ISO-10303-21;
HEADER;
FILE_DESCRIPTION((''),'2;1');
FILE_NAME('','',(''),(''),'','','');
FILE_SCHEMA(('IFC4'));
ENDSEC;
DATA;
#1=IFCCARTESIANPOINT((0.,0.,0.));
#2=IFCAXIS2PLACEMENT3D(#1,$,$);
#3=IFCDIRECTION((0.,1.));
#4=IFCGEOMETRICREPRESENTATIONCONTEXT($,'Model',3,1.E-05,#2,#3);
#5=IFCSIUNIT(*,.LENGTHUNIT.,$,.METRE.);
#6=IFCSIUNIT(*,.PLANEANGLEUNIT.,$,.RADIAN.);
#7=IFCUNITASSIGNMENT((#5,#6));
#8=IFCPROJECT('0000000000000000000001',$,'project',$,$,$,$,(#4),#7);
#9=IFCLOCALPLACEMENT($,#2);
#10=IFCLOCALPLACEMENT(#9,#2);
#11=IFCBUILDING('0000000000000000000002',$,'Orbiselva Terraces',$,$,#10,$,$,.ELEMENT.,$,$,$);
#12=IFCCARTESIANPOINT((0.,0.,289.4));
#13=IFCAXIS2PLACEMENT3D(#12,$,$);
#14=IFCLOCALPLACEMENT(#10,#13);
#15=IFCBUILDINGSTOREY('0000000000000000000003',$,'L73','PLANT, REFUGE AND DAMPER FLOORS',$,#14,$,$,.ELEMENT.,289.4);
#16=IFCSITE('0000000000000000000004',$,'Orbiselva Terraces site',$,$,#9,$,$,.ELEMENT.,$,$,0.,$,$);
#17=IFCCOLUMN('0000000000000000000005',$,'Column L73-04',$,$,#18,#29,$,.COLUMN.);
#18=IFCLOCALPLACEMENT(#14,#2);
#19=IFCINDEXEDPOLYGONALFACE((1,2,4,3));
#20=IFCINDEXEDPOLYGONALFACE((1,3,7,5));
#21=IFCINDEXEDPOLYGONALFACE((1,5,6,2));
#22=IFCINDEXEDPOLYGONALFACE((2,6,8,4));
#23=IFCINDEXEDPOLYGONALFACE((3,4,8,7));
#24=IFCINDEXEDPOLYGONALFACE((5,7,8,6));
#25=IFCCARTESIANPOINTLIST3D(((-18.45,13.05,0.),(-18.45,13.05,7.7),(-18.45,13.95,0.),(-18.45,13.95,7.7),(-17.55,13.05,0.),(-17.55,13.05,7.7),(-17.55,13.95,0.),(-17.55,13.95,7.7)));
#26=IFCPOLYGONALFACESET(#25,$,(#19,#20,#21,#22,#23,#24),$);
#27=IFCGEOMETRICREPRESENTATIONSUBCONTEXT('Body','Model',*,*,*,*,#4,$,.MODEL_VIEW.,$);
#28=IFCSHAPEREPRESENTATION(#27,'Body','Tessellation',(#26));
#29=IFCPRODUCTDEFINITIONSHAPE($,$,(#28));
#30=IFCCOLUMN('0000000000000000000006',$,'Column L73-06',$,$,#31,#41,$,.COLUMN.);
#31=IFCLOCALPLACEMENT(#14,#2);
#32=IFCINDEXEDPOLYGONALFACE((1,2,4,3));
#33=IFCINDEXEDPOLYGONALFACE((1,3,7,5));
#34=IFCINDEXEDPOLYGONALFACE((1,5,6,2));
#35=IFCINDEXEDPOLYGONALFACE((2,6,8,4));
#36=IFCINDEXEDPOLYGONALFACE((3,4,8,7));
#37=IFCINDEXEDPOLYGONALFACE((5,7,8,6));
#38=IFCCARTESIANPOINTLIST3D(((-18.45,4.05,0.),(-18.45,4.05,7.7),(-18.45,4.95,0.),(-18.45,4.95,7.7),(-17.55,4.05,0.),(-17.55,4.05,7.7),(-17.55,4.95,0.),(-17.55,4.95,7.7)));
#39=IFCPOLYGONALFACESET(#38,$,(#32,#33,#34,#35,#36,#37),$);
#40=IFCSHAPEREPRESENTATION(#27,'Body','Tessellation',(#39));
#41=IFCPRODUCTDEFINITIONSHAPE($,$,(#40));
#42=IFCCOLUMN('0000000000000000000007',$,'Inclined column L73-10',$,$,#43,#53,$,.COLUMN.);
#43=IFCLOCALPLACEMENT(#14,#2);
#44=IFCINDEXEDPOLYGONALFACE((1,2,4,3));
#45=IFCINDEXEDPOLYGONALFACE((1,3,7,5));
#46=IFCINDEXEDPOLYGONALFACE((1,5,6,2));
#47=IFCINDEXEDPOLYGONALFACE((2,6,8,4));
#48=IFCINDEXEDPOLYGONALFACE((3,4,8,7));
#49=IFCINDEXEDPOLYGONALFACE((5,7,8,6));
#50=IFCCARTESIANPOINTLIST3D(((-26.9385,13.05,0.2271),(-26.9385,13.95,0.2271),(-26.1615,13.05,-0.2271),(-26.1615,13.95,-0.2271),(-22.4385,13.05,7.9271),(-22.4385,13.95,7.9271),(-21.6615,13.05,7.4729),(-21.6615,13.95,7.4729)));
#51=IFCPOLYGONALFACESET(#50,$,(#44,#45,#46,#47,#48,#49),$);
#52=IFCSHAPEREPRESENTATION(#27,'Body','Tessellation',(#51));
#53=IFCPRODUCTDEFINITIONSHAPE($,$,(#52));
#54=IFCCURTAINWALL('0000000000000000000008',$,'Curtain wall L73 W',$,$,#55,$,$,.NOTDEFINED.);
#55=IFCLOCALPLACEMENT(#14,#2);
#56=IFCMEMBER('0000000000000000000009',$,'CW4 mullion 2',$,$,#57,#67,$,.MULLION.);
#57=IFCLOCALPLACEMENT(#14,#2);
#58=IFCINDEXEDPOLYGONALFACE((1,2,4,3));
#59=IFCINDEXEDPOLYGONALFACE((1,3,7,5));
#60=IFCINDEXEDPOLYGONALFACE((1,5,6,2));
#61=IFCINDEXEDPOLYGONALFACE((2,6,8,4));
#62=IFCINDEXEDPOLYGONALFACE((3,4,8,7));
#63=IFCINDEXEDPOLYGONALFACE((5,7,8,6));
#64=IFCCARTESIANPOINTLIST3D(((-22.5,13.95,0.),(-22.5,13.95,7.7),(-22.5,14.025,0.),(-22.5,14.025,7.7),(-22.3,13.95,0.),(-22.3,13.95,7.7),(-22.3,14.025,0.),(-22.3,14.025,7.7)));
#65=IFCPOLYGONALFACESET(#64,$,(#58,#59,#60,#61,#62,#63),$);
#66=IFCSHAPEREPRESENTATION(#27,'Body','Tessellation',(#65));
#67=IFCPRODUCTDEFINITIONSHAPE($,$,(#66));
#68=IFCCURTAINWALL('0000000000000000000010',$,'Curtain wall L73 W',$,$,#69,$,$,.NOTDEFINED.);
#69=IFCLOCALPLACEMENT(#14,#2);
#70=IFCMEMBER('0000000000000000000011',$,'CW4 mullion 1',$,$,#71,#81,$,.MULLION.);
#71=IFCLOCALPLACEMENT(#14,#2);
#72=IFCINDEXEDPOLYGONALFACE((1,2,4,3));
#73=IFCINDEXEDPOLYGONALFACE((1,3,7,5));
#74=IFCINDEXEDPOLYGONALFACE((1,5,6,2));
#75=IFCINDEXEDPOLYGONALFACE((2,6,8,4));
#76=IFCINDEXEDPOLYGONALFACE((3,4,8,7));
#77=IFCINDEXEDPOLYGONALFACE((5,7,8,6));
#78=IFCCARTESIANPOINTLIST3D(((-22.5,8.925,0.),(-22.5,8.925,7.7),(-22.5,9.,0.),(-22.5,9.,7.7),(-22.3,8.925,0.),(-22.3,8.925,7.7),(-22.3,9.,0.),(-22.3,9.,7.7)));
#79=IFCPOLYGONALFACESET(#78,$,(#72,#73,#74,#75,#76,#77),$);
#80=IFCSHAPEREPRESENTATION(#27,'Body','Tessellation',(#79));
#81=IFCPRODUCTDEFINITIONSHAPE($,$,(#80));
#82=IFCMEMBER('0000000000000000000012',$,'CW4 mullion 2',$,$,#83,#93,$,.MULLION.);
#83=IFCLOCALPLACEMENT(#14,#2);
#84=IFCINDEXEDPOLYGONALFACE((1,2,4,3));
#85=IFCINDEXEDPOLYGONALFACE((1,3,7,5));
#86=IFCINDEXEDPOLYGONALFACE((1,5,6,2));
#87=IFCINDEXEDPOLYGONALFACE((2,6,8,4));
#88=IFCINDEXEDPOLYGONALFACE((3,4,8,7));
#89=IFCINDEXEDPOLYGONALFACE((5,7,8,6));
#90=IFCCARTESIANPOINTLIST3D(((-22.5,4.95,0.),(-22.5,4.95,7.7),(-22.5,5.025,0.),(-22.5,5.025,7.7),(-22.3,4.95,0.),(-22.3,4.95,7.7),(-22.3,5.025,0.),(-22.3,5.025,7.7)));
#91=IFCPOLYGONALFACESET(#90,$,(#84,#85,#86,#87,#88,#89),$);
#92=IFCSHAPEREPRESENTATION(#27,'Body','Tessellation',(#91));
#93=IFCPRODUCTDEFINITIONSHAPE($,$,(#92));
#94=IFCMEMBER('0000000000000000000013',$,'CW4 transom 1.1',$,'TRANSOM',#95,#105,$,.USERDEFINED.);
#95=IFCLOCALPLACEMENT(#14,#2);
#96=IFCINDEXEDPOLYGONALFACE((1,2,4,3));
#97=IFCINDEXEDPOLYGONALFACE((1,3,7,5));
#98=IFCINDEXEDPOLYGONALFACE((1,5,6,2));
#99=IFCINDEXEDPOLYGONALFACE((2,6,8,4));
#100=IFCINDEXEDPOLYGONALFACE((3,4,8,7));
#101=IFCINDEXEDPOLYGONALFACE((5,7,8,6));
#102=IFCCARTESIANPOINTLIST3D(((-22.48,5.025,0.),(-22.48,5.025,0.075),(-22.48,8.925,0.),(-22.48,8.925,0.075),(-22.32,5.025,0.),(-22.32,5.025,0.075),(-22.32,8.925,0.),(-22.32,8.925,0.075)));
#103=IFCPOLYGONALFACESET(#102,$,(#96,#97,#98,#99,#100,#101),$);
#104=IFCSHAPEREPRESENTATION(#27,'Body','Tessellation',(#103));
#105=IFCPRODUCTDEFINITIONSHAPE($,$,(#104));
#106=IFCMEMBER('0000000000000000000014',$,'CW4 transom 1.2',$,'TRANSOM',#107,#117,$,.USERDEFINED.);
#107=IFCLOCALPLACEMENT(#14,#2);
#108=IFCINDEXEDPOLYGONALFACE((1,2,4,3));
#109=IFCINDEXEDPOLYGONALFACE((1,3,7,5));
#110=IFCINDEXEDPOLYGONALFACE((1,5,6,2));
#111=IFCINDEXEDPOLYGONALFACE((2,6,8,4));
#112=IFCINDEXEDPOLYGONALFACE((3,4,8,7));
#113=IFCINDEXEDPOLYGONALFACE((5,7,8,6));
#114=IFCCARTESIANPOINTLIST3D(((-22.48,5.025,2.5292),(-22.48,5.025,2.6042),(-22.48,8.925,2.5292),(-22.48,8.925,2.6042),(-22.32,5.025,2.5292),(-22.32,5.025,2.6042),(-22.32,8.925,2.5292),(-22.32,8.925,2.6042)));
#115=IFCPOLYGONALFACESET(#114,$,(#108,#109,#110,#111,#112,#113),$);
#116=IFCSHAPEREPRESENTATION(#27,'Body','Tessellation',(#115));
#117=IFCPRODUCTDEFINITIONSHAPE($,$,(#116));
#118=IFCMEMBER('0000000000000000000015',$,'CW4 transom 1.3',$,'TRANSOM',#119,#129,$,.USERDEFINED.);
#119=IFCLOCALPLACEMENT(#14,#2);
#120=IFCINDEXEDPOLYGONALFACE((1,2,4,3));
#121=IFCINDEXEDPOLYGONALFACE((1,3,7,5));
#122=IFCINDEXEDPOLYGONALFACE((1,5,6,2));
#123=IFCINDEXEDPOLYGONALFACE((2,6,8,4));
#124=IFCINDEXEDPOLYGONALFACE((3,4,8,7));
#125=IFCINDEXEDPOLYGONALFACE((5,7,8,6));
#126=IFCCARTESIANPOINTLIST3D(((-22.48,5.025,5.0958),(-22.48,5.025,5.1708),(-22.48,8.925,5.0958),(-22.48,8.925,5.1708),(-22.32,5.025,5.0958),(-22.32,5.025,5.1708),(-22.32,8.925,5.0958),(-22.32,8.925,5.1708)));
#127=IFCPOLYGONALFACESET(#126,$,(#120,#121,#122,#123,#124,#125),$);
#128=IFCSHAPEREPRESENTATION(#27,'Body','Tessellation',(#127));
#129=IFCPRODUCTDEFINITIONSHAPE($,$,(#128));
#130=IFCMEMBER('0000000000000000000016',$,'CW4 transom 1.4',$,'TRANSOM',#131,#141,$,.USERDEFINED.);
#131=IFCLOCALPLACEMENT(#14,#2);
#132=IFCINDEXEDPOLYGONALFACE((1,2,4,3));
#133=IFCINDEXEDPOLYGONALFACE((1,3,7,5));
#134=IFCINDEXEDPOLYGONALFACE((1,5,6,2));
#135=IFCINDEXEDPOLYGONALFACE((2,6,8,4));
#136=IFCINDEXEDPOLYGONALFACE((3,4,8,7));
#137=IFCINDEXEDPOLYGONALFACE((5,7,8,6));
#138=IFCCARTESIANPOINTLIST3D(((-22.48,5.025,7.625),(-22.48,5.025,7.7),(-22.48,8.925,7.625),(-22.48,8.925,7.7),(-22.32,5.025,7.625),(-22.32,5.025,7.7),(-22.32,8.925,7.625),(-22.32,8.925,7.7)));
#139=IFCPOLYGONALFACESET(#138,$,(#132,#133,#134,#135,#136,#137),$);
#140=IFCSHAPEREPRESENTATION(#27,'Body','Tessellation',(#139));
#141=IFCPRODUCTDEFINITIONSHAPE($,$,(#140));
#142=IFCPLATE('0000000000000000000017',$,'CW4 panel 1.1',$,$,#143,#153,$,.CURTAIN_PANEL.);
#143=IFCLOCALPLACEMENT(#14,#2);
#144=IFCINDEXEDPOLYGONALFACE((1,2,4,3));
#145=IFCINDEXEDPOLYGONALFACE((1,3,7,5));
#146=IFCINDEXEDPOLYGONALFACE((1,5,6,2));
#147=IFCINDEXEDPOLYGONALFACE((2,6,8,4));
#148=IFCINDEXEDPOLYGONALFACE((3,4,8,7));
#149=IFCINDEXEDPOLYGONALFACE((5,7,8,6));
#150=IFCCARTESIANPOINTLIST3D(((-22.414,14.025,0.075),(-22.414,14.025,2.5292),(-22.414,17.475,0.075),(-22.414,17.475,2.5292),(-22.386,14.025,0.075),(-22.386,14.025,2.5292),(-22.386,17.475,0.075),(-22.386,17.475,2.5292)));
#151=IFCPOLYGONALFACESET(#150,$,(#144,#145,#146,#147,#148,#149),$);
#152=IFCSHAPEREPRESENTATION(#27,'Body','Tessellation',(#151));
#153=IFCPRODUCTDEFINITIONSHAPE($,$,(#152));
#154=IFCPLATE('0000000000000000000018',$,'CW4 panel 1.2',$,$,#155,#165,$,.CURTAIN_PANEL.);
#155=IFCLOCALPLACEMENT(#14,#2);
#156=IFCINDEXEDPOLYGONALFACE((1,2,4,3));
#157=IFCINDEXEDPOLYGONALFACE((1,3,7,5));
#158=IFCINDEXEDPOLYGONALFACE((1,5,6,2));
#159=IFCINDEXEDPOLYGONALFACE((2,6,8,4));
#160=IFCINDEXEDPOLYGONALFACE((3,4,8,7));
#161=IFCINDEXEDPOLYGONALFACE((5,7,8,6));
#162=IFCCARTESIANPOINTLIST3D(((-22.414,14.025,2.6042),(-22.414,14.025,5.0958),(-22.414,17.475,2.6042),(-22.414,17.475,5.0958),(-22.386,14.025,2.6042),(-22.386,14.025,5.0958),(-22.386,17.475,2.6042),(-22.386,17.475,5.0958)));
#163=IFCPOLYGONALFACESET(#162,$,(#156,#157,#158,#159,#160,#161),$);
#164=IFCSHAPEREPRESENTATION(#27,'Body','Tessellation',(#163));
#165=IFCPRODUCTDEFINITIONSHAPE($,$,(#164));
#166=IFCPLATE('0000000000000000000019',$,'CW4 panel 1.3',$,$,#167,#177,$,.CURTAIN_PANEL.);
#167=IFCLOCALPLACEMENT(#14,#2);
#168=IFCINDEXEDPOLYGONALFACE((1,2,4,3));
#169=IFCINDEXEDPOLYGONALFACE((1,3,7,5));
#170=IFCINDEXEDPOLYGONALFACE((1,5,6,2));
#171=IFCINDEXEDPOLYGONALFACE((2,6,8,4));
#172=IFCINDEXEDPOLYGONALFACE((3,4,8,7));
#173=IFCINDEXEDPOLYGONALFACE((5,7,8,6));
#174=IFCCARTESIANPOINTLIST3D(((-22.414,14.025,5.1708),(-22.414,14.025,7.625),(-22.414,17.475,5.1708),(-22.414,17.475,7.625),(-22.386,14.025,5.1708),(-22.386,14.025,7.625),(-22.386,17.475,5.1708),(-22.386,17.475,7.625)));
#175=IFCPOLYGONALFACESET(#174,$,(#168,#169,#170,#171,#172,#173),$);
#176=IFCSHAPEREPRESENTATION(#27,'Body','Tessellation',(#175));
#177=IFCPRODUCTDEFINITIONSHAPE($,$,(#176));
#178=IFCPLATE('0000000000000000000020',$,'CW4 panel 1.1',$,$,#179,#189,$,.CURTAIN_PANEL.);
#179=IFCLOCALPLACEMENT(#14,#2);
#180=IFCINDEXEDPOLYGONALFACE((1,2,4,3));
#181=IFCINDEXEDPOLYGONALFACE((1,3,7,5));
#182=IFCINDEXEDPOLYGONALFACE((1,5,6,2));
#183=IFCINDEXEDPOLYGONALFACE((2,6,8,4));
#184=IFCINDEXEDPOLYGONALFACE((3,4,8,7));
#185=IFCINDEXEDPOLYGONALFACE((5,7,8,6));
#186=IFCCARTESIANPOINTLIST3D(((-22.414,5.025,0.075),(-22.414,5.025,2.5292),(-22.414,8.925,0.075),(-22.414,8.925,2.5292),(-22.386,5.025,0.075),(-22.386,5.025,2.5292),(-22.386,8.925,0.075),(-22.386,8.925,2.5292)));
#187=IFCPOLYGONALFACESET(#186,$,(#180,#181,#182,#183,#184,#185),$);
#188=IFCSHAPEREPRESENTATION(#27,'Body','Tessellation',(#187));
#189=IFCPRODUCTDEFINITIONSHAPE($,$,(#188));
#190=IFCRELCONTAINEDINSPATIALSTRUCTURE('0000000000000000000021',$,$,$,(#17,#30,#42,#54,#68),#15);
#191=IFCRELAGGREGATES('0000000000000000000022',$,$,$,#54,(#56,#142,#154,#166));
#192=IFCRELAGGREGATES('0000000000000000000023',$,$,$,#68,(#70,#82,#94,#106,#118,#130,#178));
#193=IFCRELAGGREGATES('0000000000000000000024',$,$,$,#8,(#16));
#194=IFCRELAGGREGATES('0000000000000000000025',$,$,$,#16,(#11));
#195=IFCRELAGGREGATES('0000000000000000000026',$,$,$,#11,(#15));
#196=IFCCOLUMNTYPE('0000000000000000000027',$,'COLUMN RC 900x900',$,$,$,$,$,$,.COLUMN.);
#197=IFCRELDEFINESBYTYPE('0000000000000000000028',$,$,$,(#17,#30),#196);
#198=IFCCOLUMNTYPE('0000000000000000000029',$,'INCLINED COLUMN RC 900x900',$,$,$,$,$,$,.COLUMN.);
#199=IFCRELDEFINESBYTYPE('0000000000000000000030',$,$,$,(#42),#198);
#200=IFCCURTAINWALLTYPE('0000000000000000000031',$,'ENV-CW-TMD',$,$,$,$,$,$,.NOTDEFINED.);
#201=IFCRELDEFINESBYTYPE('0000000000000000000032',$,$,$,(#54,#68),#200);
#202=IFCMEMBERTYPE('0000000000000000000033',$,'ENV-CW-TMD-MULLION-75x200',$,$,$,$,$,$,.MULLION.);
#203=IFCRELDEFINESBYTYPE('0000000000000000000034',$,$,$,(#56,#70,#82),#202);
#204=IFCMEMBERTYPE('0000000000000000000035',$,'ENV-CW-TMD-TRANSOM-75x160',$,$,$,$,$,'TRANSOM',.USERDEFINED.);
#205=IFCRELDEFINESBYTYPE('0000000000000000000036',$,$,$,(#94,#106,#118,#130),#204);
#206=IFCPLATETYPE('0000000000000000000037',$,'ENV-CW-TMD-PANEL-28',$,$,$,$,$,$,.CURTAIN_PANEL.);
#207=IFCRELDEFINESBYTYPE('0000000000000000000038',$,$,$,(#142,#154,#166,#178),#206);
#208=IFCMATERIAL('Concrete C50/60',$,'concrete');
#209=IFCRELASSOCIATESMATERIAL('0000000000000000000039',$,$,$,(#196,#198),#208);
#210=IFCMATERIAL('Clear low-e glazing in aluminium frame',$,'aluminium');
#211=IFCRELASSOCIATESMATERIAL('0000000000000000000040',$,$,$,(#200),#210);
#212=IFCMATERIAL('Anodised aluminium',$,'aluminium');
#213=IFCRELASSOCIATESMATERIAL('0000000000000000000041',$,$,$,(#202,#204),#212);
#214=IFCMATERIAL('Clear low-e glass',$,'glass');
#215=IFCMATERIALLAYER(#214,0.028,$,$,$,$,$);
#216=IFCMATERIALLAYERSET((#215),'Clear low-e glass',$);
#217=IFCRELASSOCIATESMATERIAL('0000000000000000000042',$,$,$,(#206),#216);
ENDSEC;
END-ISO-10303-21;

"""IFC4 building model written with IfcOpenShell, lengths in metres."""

from ifc_helpers import new_model, si_unit, direction, frame, origin, origin_2d, place, context, subcontext, project, spatial, rectangle, extrude, material, layer, layer_set, material_profile, profile_set, type_object, element, aggregate, save


model = new_model("IFC4")

# Units and contexts
model_context = context("Model", 3, precision=1e-05, world=origin(), true_north=direction((0.0, 1.0)))
body_context = subcontext(model_context, "Body", "Model", "MODEL_VIEW")
ifc_project = project(units=[si_unit("LENGTHUNIT", "METRE"), si_unit("PLANEANGLEUNIT", "RADIAN")], contexts=[model_context])

# Site, building, storey
site_placement = place(None, origin())
site = spatial("IfcSite", under=ifc_project, at=site_placement, Name="Orbiselva Terraces site", CompositionType="ELEMENT", RefElevation=0.0)
building_placement = place(site_placement, origin())
building = spatial("IfcBuilding", under=site, at=building_placement, Name="Orbiselva Terraces", CompositionType="ELEMENT")
storey_placement = place(building_placement, frame((0.0, 0.0, 289.4)))
storey = spatial("IfcBuildingStorey", under=building, at=storey_placement, Name="L73", Description="PLANT, REFUGE AND DAMPER FLOORS", CompositionType="ELEMENT", Elevation=289.4)

# Columns
ifc_material_1 = material(Name="Concrete C50/60", Category="concrete")
ifc_material_profile_1 = material_profile(ifc_material_1, rectangle(XDim=0.9, YDim=0.9, at=origin_2d()), Name="RC 900x900")
ifc_profile_set_1 = profile_set([ifc_material_profile_1], Name="Concrete C50/60")
column_type_1 = type_object("IfcColumnType", Name="COLUMN RC 900x900", PredefinedType="COLUMN", material=ifc_profile_set_1)
for number, where, z_axis, x_axis, name in (
    (1, (-18.0, 13.5, 0.0), (0.0, 0.0, 1.0), (1.0, 0.0, 0.0), "Column L73-04"),
    (2, (-18.0, 4.5, 0.0), (0.0, 0.0, 1.0), (1.0, 0.0, 0.0), "Column L73-06"),
):
    element("IfcColumn", number, at=place(storey_placement, frame(where, z_axis=z_axis, x_axis=x_axis)), inside=storey, type_object=column_type_1, Name=name, PredefinedType="COLUMN", context=body_context, shape_type="SweptSolid", body=[
        extrude(rectangle(XDim=0.9, YDim=0.9, at=origin_2d()), origin(), (0.0, 0.0, 1.0), 7.7),
    ])
ifc_material_profile_2 = material_profile(ifc_material_1, rectangle(XDim=0.9, YDim=0.9, at=origin_2d()), Name="RC 900x900")
ifc_profile_set_2 = profile_set([ifc_material_profile_2], Name="Concrete C50/60")
column_type_2 = type_object("IfcColumnType", Name="INCLINED COLUMN RC 900x900", PredefinedType="COLUMN", material=ifc_profile_set_2)
column_placement = place(storey_placement, frame((-26.55, 13.5, 0.0), z_axis=(0.504568, 0.0, 0.863372), x_axis=(0.0, 1.0, 0.0)))
element("IfcColumn", 3, at=column_placement, inside=storey, type_object=column_type_2, Name="Inclined column L73-10", PredefinedType="COLUMN", context=body_context, shape_type="SweptSolid", body=[
    extrude(rectangle(XDim=0.9, YDim=0.9, at=origin_2d()), origin(), (0.0, 0.0, 1.0), 8.9185),
])

# Curtain wall, member
ifc_material_2 = material(Name="Clear low-e glazing in aluminium frame", Category="aluminium")
curtain_wall_type = type_object("IfcCurtainWallType", Name="ENV-CW-TMD", PredefinedType="NOTDEFINED", material=ifc_material_2)
curtain_wall_1_placement = place(storey_placement, origin())
curtain_wall_1 = element("IfcCurtainWall", 4, at=curtain_wall_1_placement, inside=storey, type_object=curtain_wall_type, Name="Curtain wall L73 W", PredefinedType="NOTDEFINED")
ifc_material_3 = material(Name="Anodised aluminium", Category="aluminium")
ifc_material_profile_3 = material_profile(ifc_material_3, rectangle(XDim=0.2, YDim=0.075, at=origin_2d()), Name="AL 75x200")
ifc_profile_set_3 = profile_set([ifc_material_profile_3], Name="Anodised aluminium")
member_type_1 = type_object("IfcMemberType", Name="ENV-CW-TMD-MULLION-75x200", PredefinedType="MULLION", material=ifc_profile_set_3)
member_1_placement = place(storey_placement, frame((-22.4, 13.9875, 0.0), z_axis=(0.0, 0.0, 1.0), x_axis=(1.0, 0.0, 0.0)))
member_1 = element("IfcMember", 5, at=member_1_placement, type_object=member_type_1, Name="CW4 mullion 2", PredefinedType="MULLION", context=body_context, shape_type="SweptSolid", body=[
    extrude(rectangle(XDim=0.2, YDim=0.075, at=origin_2d()), origin(), (0.0, 0.0, 1.0), 7.7),
])

# Curtain wall, members
curtain_wall_2_placement = place(storey_placement, origin())
curtain_wall_2 = element("IfcCurtainWall", 6, at=curtain_wall_2_placement, inside=storey, type_object=curtain_wall_type, Name="Curtain wall L73 W", PredefinedType="NOTDEFINED")
member_2_placement = place(storey_placement, frame((-22.4, 8.9625, 0.0), z_axis=(0.0, 0.0, 1.0), x_axis=(1.0, 0.0, 0.0)))
member_2 = element("IfcMember", 7, at=member_2_placement, type_object=member_type_1, Name="CW4 mullion 1", PredefinedType="MULLION", context=body_context, shape_type="SweptSolid", body=[
    extrude(rectangle(XDim=0.2, YDim=0.075, at=origin_2d()), origin(), (0.0, 0.0, 1.0), 7.7),
])
member_3_placement = place(storey_placement, frame((-22.4, 4.9875, 0.0), z_axis=(0.0, 0.0, 1.0), x_axis=(1.0, 0.0, 0.0)))
member_3 = element("IfcMember", 8, at=member_3_placement, type_object=member_type_1, Name="CW4 mullion 2", PredefinedType="MULLION", context=body_context, shape_type="SweptSolid", body=[
    extrude(rectangle(XDim=0.2, YDim=0.075, at=origin_2d()), origin(), (0.0, 0.0, 1.0), 7.7),
])
ifc_material_profile_4 = material_profile(ifc_material_3, rectangle(XDim=0.16, YDim=0.075, at=origin_2d()), Name="AL 75x160")
ifc_profile_set_4 = profile_set([ifc_material_profile_4], Name="Anodised aluminium")
member_type_2 = type_object("IfcMemberType", Name="ENV-CW-TMD-TRANSOM-75x160", ElementType="TRANSOM", PredefinedType="USERDEFINED", material=ifc_profile_set_4)
member_4_placement = place(storey_placement, frame((-22.4, 8.925, 0.0375), z_axis=(0.0, -1.0, 0.0), x_axis=(1.0, 0.0, 0.0)))
member_4 = element("IfcMember", 9, at=member_4_placement, type_object=member_type_2, Name="CW4 transom 1.1", ObjectType="TRANSOM", PredefinedType="USERDEFINED", context=body_context, shape_type="SweptSolid", body=[
    extrude(rectangle(XDim=0.16, YDim=0.075, at=origin_2d()), origin(), (0.0, 0.0, 1.0), 3.9),
])
member_5_placement = place(storey_placement, frame((-22.4, 8.925, 2.5667), z_axis=(0.0, -1.0, 0.0), x_axis=(1.0, 0.0, 0.0)))
member_5 = element("IfcMember", 10, at=member_5_placement, type_object=member_type_2, Name="CW4 transom 1.2", ObjectType="TRANSOM", PredefinedType="USERDEFINED", context=body_context, shape_type="SweptSolid", body=[
    extrude(rectangle(XDim=0.16, YDim=0.075, at=origin_2d()), origin(), (0.0, 0.0, 1.0), 3.9),
])
member_6_placement = place(storey_placement, frame((-22.4, 8.925, 5.1333), z_axis=(0.0, -1.0, 0.0), x_axis=(1.0, 0.0, 0.0)))
member_6 = element("IfcMember", 11, at=member_6_placement, type_object=member_type_2, Name="CW4 transom 1.3", ObjectType="TRANSOM", PredefinedType="USERDEFINED", context=body_context, shape_type="SweptSolid", body=[
    extrude(rectangle(XDim=0.16, YDim=0.075, at=origin_2d()), origin(), (0.0, 0.0, 1.0), 3.9),
])
member_7_placement = place(storey_placement, frame((-22.4, 8.925, 7.6625), z_axis=(0.0, -1.0, 0.0), x_axis=(1.0, 0.0, 0.0)))
member_7 = element("IfcMember", 12, at=member_7_placement, type_object=member_type_2, Name="CW4 transom 1.4", ObjectType="TRANSOM", PredefinedType="USERDEFINED", context=body_context, shape_type="SweptSolid", body=[
    extrude(rectangle(XDim=0.16, YDim=0.075, at=origin_2d()), origin(), (0.0, 0.0, 1.0), 3.9),
])

# Plates
ifc_material_4 = material(Name="Clear low-e glass", Category="glass")
ifc_layer_1 = layer(ifc_material_4, 0.028)
ifc_layer_set_1 = layer_set([ifc_layer_1], Name="Clear low-e glass")
plate_type = type_object("IfcPlateType", Name="ENV-CW-TMD-PANEL-28", PredefinedType="CURTAIN_PANEL", material=ifc_layer_set_1)
plate_1_placement = place(storey_placement, frame((-22.4, 15.75, 0.075), z_axis=(0.0, 0.0, 1.0), x_axis=(0.0, -1.0, 0.0)))
plate_1 = element("IfcPlate", 13, at=plate_1_placement, type_object=plate_type, Name="CW4 panel 1.1", PredefinedType="CURTAIN_PANEL", context=body_context, shape_type="SweptSolid", body=[
    extrude(rectangle(XDim=3.45, YDim=0.028, at=origin_2d()), origin(), (0.0, 0.0, 1.0), 2.4542),
])
plate_2_placement = place(storey_placement, frame((-22.4, 15.75, 2.6042), z_axis=(0.0, 0.0, 1.0), x_axis=(0.0, -1.0, 0.0)))
plate_2 = element("IfcPlate", 14, at=plate_2_placement, type_object=plate_type, Name="CW4 panel 1.2", PredefinedType="CURTAIN_PANEL", context=body_context, shape_type="SweptSolid", body=[
    extrude(rectangle(XDim=3.45, YDim=0.028, at=origin_2d()), origin(), (0.0, 0.0, 1.0), 2.4917),
])
plate_3_placement = place(storey_placement, frame((-22.4, 15.75, 5.1708), z_axis=(0.0, 0.0, 1.0), x_axis=(0.0, -1.0, 0.0)))
plate_3 = element("IfcPlate", 15, at=plate_3_placement, type_object=plate_type, Name="CW4 panel 1.3", PredefinedType="CURTAIN_PANEL", context=body_context, shape_type="SweptSolid", body=[
    extrude(rectangle(XDim=3.45, YDim=0.028, at=origin_2d()), origin(), (0.0, 0.0, 1.0), 2.4542),
])
aggregate(curtain_wall_1, [member_1, plate_1, plate_2, plate_3])
plate_4_placement = place(storey_placement, frame((-22.4, 6.975, 0.075), z_axis=(0.0, 0.0, 1.0), x_axis=(0.0, -1.0, 0.0)))
plate_4 = element("IfcPlate", 16, at=plate_4_placement, type_object=plate_type, Name="CW4 panel 1.1", PredefinedType="CURTAIN_PANEL", context=body_context, shape_type="SweptSolid", body=[
    extrude(rectangle(XDim=3.9, YDim=0.028, at=origin_2d()), origin(), (0.0, 0.0, 1.0), 2.4542),
])
aggregate(curtain_wall_2, [member_2, member_3, member_4, member_5, member_6, member_7, plate_4])

save(model, "model.ifc")
